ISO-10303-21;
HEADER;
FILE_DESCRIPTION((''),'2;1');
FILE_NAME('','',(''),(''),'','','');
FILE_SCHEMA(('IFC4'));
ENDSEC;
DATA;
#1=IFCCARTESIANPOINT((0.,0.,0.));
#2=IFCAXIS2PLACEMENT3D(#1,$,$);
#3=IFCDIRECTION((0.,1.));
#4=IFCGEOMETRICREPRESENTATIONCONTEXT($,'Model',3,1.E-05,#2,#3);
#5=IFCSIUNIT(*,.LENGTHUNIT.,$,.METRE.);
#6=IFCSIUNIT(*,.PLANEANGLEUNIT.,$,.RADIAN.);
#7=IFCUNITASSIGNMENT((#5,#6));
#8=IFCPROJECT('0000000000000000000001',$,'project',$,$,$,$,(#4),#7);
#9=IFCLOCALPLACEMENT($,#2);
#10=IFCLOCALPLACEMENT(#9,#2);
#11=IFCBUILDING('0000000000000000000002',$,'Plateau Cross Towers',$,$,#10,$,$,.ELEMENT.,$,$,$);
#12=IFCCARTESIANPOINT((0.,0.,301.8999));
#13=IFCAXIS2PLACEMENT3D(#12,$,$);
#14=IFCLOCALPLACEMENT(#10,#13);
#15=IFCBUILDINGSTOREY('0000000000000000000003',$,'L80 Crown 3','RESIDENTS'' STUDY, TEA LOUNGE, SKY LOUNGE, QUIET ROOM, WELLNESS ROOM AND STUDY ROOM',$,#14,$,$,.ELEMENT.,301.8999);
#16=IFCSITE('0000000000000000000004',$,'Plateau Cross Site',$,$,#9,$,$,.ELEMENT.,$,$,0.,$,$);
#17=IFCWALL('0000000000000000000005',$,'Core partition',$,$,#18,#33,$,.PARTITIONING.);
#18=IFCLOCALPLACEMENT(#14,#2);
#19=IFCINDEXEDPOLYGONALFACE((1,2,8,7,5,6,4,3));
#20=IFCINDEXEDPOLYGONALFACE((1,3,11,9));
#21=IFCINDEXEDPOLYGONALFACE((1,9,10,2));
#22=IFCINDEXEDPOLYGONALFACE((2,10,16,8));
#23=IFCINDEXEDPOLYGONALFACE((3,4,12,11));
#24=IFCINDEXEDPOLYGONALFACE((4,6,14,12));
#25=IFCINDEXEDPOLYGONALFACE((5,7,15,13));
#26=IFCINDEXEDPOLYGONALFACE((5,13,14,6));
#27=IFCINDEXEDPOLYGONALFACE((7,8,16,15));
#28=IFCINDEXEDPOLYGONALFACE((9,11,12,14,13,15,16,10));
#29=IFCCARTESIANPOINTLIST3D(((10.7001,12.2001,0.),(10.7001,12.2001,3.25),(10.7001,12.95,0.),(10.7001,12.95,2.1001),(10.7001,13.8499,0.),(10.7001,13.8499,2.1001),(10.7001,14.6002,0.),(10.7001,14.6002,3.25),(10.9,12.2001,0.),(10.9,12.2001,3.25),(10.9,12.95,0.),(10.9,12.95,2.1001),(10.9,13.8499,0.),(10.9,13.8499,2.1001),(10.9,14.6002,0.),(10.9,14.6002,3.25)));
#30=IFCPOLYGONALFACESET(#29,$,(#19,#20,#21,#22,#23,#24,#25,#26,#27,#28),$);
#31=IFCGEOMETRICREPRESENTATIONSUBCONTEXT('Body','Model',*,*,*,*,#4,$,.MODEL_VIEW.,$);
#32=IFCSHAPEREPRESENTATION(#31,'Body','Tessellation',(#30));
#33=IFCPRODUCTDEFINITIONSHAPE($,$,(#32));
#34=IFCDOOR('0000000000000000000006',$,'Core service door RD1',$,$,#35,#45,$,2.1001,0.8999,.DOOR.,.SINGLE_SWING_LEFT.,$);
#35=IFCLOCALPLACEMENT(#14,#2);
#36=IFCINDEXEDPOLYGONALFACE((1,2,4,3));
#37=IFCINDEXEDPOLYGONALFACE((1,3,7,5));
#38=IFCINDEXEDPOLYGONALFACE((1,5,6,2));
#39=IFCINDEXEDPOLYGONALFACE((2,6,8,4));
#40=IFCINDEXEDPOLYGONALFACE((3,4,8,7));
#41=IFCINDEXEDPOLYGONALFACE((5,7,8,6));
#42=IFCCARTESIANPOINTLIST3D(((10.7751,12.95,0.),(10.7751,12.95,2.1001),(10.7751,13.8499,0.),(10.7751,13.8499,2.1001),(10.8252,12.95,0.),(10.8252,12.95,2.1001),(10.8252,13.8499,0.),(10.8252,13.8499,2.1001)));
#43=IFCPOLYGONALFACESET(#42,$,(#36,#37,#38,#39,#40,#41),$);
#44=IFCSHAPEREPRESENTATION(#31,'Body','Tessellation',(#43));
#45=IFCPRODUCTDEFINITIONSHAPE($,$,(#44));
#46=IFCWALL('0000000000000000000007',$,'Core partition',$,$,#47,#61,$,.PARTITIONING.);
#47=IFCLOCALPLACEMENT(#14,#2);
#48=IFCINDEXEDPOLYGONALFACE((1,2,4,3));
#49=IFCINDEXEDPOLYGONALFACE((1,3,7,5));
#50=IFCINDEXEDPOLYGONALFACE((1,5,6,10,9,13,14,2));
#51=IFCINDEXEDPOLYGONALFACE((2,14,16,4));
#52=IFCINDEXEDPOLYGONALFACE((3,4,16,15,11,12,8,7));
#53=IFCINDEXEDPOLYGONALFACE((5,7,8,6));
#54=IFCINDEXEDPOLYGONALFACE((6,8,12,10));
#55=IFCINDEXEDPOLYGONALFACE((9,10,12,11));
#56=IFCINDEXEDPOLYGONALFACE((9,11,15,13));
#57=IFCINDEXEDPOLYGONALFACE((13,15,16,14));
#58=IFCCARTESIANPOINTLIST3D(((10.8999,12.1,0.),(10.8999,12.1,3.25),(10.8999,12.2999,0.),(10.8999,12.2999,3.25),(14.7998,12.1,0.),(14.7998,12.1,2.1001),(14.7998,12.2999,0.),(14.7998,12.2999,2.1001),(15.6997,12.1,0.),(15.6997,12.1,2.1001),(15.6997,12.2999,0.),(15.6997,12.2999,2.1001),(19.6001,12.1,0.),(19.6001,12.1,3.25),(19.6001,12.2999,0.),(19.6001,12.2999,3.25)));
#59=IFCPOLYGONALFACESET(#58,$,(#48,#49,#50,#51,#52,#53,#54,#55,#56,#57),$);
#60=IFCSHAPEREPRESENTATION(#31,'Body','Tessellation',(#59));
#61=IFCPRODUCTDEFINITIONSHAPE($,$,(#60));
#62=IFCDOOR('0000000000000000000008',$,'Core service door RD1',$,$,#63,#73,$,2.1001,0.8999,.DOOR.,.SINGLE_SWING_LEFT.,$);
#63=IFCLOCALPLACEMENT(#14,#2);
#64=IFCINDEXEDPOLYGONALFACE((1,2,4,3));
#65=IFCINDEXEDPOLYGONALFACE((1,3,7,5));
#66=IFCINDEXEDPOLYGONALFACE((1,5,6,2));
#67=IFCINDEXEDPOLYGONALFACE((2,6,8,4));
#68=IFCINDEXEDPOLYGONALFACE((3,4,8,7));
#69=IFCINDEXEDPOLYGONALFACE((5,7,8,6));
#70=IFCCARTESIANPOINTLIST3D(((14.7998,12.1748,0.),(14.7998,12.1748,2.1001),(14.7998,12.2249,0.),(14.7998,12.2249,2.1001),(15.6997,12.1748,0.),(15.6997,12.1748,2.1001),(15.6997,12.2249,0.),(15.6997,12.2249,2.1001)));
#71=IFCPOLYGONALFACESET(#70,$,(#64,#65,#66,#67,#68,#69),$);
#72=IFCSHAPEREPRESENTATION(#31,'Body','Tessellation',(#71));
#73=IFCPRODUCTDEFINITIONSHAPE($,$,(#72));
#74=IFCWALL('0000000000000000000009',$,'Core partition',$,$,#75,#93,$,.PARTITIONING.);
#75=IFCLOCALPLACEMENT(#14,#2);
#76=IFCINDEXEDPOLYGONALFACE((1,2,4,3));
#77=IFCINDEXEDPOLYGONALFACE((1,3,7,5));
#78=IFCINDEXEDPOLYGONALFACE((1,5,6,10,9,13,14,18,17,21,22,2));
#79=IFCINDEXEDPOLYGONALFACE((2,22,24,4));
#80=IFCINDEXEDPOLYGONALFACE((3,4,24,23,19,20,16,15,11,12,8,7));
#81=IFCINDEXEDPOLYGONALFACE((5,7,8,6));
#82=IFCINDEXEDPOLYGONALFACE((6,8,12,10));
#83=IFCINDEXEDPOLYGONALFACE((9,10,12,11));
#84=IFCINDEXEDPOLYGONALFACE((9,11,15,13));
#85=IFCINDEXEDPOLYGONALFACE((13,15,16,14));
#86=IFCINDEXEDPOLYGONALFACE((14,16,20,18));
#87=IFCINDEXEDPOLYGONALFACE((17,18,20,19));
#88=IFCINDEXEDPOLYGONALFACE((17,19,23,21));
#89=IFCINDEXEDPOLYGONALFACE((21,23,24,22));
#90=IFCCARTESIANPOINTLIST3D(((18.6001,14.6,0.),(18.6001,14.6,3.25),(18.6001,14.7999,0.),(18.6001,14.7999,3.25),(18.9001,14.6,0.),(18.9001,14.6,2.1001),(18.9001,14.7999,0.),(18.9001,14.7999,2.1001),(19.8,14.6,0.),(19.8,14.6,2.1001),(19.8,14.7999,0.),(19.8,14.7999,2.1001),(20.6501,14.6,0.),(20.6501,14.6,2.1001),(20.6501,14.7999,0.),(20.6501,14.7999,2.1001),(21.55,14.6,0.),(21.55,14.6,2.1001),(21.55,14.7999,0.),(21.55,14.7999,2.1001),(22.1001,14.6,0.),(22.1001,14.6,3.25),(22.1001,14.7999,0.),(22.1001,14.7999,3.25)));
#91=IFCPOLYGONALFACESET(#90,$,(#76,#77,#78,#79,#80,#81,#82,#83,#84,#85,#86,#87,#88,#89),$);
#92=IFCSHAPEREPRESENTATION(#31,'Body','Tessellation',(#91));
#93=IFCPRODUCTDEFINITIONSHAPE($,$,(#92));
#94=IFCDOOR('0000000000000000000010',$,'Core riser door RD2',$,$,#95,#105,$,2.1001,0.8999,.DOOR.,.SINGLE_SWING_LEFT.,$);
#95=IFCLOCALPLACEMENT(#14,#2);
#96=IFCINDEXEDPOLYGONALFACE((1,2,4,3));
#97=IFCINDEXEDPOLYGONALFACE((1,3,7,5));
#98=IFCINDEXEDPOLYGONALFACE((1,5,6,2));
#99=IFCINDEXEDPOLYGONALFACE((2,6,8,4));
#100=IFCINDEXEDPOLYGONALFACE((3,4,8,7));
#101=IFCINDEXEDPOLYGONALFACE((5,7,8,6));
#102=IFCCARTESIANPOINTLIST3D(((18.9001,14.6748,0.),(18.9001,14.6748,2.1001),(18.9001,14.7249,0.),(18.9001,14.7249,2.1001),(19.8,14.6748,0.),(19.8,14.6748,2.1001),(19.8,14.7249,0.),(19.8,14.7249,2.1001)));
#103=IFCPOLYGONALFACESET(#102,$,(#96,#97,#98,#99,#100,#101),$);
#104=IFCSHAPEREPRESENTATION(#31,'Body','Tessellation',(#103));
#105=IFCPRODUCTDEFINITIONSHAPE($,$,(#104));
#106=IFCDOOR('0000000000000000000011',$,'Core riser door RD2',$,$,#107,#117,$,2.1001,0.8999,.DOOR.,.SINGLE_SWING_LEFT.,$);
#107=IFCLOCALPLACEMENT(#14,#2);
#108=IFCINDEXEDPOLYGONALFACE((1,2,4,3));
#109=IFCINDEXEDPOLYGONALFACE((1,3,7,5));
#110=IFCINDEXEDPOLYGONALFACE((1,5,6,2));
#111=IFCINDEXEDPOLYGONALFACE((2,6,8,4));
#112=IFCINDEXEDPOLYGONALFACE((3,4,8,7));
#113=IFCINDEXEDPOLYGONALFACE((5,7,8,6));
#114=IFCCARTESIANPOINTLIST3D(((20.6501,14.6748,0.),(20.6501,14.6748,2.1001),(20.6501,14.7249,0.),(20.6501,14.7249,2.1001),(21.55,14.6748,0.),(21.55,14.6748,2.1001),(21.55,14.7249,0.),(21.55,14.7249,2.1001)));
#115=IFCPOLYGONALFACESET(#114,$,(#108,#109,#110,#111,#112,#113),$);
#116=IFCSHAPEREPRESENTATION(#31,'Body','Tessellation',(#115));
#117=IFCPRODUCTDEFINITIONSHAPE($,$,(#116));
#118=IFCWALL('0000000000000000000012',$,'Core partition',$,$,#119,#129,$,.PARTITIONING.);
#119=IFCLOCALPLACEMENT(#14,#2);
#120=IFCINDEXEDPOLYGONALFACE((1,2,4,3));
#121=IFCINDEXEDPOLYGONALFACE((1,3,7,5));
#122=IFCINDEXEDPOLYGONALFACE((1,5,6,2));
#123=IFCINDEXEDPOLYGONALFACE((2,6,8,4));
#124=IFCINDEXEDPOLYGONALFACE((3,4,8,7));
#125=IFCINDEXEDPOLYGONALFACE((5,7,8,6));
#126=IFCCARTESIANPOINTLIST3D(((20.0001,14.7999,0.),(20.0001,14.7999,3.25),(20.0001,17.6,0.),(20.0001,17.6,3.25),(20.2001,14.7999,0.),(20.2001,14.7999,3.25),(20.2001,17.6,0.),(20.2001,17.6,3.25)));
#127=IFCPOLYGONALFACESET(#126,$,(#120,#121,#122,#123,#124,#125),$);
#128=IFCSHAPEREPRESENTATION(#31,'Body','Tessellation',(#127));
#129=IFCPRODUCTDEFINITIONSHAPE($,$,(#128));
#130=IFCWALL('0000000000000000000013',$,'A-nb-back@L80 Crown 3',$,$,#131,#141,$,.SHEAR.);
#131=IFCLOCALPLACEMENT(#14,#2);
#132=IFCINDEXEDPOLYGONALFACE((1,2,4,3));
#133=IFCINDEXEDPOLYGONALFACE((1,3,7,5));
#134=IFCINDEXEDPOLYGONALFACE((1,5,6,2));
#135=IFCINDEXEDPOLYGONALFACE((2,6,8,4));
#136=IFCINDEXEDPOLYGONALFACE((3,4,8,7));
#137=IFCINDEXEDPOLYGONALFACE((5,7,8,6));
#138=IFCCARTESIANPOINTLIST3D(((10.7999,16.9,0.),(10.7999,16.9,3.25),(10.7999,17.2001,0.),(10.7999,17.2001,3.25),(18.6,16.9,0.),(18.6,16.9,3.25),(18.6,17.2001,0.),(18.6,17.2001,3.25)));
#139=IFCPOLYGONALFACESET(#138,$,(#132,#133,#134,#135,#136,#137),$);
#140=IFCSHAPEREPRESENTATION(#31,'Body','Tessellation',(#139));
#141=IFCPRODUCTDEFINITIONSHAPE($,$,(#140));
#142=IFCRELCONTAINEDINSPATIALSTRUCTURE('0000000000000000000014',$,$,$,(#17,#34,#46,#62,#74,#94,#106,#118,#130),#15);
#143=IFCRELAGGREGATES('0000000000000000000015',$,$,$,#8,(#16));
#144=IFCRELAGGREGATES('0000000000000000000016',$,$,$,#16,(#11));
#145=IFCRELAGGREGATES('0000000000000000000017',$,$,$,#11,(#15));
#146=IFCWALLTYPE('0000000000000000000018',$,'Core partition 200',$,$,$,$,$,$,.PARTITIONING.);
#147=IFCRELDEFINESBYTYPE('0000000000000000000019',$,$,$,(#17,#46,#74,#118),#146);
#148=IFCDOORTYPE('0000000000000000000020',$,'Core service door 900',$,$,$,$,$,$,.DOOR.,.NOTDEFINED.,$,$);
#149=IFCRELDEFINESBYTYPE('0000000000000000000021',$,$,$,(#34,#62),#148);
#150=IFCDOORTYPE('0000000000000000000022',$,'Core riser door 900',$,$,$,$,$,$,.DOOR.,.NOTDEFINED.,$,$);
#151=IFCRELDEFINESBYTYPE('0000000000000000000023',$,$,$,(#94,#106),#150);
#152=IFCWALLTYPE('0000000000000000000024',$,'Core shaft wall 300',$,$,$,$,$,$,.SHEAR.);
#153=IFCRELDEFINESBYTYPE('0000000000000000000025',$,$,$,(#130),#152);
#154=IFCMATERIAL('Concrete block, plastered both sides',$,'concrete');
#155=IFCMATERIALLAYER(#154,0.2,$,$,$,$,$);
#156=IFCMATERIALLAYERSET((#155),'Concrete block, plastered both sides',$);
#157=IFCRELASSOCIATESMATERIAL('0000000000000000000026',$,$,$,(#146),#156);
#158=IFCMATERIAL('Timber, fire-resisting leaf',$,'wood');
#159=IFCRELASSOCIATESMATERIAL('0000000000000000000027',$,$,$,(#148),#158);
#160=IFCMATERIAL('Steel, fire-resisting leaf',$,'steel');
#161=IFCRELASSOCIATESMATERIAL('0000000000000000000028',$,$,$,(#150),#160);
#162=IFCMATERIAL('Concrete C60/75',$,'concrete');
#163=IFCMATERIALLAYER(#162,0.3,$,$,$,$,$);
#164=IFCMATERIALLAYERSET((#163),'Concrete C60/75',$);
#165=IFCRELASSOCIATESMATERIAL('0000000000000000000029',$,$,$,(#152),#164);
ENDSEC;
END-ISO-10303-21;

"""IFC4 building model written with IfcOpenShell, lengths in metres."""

from ifc_helpers import new_model, si_unit, direction, frame, frame_2d, origin, place, context, subcontext, project, spatial, rectangle, extrude, material, layer, layer_set, type_object, element, fill, save


model = new_model("IFC4")

# Units and contexts
model_context = context("Model", 3, precision=1e-05, world=origin(), true_north=direction((0.0, 1.0)))
body_context = subcontext(model_context, "Body", "Model", "MODEL_VIEW")
ifc_project = project(units=[si_unit("LENGTHUNIT", "METRE"), si_unit("PLANEANGLEUNIT", "RADIAN")], contexts=[model_context])

# Site, building, storey
site_placement = place(None, origin())
site = spatial("IfcSite", under=ifc_project, at=site_placement, Name="Plateau Cross Site", CompositionType="ELEMENT", RefElevation=0.0)
building_placement = place(site_placement, origin())
building = spatial("IfcBuilding", under=site, at=building_placement, Name="Plateau Cross Towers", CompositionType="ELEMENT")
storey_placement = place(building_placement, frame((0.0, 0.0, 301.8999)))
storey = spatial("IfcBuildingStorey", under=building, at=storey_placement, Name="L80 Crown 3", Description="RESIDENTS' STUDY, TEA LOUNGE, SKY LOUNGE, QUIET ROOM, WELLNESS ROOM AND STUDY ROOM", CompositionType="ELEMENT", Elevation=301.8999)

# Shared definitions
ifc_material_1 = material(Name="Concrete C60/75", Category="concrete")

# Walls, openings, doors
ifc_material_2 = material(Name="Concrete block, plastered both sides", Category="concrete")
ifc_layer_1 = layer(ifc_material_2, 0.2)
ifc_layer_set_1 = layer_set([ifc_layer_1], Name="Concrete block, plastered both sides")
wall_type_1 = type_object("IfcWallType", Name="Core partition 200", PredefinedType="PARTITIONING", material=ifc_layer_set_1)
wall_1_placement = place(storey_placement, frame((10.8, 12.2, 0.0), z_axis=(0.0, 0.0, 1.0), x_axis=(0.0, 1.0, 0.0)))
wall_1 = element("IfcWall", 1, at=wall_1_placement, inside=storey, type_object=wall_type_1, Name="Core partition", PredefinedType="PARTITIONING", context=body_context, shape_type="SweptSolid", body=[
    extrude(rectangle(XDim=2.4001, YDim=0.2, at=frame_2d((1.2002, 0.0))), origin(), (0.0, 0.0, 1.0), 3.25),
])
opening_1_placement = place(wall_1_placement, frame((0.75, 0.0, 0.0)))
opening_1 = element("IfcOpeningElement", 2, at=opening_1_placement, cuts=wall_1, PredefinedType="OPENING", context=body_context, shape_type="SweptSolid", body=[
    extrude(rectangle(XDim=0.8999, YDim=2.1001, at=frame_2d((0.45, 1.05))), frame((0.0, 0.1099, 0.0), z_axis=(0.0, -1.0, 0.0), x_axis=(1.0, 0.0, 0.0)), (0.0, 0.0, 1.0), 0.22),
])
ifc_material_3 = material(Name="Timber, fire-resisting leaf", Category="wood")
door_type_1 = type_object("IfcDoorType", Name="Core service door 900", OperationType="NOTDEFINED", PredefinedType="DOOR", material=ifc_material_3)
door_1_placement = place(opening_1_placement, origin())
door_1 = element("IfcDoor", 3, at=door_1_placement, inside=storey, type_object=door_type_1, Name="Core service door RD1", OperationType="SINGLE_SWING_LEFT", OverallHeight=2.1001, OverallWidth=0.8999, PredefinedType="DOOR", context=body_context, shape_type="SweptSolid", body=[
    extrude(rectangle(XDim=0.8999, YDim=2.1001, at=frame_2d((0.45, 1.05))), frame((0.0, 0.0249, 0.0), z_axis=(0.0, -1.0, 0.0), x_axis=(1.0, 0.0, 0.0)), (0.0, 0.0, 1.0), 0.05),
])
fill(opening_1, door_1)
wall_2_placement = place(storey_placement, frame((10.8999, 12.2, 0.0), z_axis=(0.0, 0.0, 1.0), x_axis=(1.0, 0.0, 0.0)))
wall_2 = element("IfcWall", 4, at=wall_2_placement, inside=storey, type_object=wall_type_1, Name="Core partition", PredefinedType="PARTITIONING", context=body_context, shape_type="SweptSolid", body=[
    extrude(rectangle(XDim=8.7002, YDim=0.2, at=frame_2d((4.3501, 0.0))), origin(), (0.0, 0.0, 1.0), 3.25),
])
opening_2_placement = place(wall_2_placement, frame((3.8999, 0.0, 0.0)))
opening_2 = element("IfcOpeningElement", 5, at=opening_2_placement, cuts=wall_2, PredefinedType="OPENING", context=body_context, shape_type="SweptSolid", body=[
    extrude(rectangle(XDim=0.8999, YDim=2.1001, at=frame_2d((0.45, 1.05))), frame((0.0, 0.1099, 0.0), z_axis=(0.0, -1.0, 0.0), x_axis=(1.0, 0.0, 0.0)), (0.0, 0.0, 1.0), 0.22),
])
door_2_placement = place(opening_2_placement, origin())
door_2 = element("IfcDoor", 6, at=door_2_placement, inside=storey, type_object=door_type_1, Name="Core service door RD1", OperationType="SINGLE_SWING_LEFT", OverallHeight=2.1001, OverallWidth=0.8999, PredefinedType="DOOR", context=body_context, shape_type="SweptSolid", body=[
    extrude(rectangle(XDim=0.8999, YDim=2.1001, at=frame_2d((0.45, 1.05))), frame((0.0, 0.0249, 0.0), z_axis=(0.0, -1.0, 0.0), x_axis=(1.0, 0.0, 0.0)), (0.0, 0.0, 1.0), 0.05),
])
fill(opening_2, door_2)

# Wall, openings, doors
wall_3_placement = place(storey_placement, frame((18.6001, 14.7, 0.0), z_axis=(0.0, 0.0, 1.0), x_axis=(1.0, 0.0, 0.0)))
wall_3 = element("IfcWall", 7, at=wall_3_placement, inside=storey, type_object=wall_type_1, Name="Core partition", PredefinedType="PARTITIONING", context=body_context, shape_type="SweptSolid", body=[
    extrude(rectangle(XDim=3.5, YDim=0.2, at=frame_2d((1.75, 0.0))), origin(), (0.0, 0.0, 1.0), 3.25),
])
opening_3_placement = place(wall_3_placement, frame((0.3, 0.0, 0.0)))
opening_3 = element("IfcOpeningElement", 8, at=opening_3_placement, cuts=wall_3, PredefinedType="OPENING", context=body_context, shape_type="SweptSolid", body=[
    extrude(rectangle(XDim=0.8999, YDim=2.1001, at=frame_2d((0.45, 1.05))), frame((0.0, 0.1099, 0.0), z_axis=(0.0, -1.0, 0.0), x_axis=(1.0, 0.0, 0.0)), (0.0, 0.0, 1.0), 0.22),
])
opening_4_placement = place(wall_3_placement, frame((2.05, 0.0, 0.0)))
opening_4 = element("IfcOpeningElement", 9, at=opening_4_placement, cuts=wall_3, PredefinedType="OPENING", context=body_context, shape_type="SweptSolid", body=[
    extrude(rectangle(XDim=0.8999, YDim=2.1001, at=frame_2d((0.45, 1.05))), frame((0.0, 0.1099, 0.0), z_axis=(0.0, -1.0, 0.0), x_axis=(1.0, 0.0, 0.0)), (0.0, 0.0, 1.0), 0.22),
])
ifc_material_4 = material(Name="Steel, fire-resisting leaf", Category="steel")
door_type_2 = type_object("IfcDoorType", Name="Core riser door 900", OperationType="NOTDEFINED", PredefinedType="DOOR", material=ifc_material_4)
door_3_placement = place(opening_3_placement, origin())
door_3 = element("IfcDoor", 10, at=door_3_placement, inside=storey, type_object=door_type_2, Name="Core riser door RD2", OperationType="SINGLE_SWING_LEFT", OverallHeight=2.1001, OverallWidth=0.8999, PredefinedType="DOOR", context=body_context, shape_type="SweptSolid", body=[
    extrude(rectangle(XDim=0.8999, YDim=2.1001, at=frame_2d((0.45, 1.05))), frame((0.0, 0.0249, 0.0), z_axis=(0.0, -1.0, 0.0), x_axis=(1.0, 0.0, 0.0)), (0.0, 0.0, 1.0), 0.05),
])
fill(opening_3, door_3)
door_4_placement = place(opening_4_placement, origin())
door_4 = element("IfcDoor", 11, at=door_4_placement, inside=storey, type_object=door_type_2, Name="Core riser door RD2", OperationType="SINGLE_SWING_LEFT", OverallHeight=2.1001, OverallWidth=0.8999, PredefinedType="DOOR", context=body_context, shape_type="SweptSolid", body=[
    extrude(rectangle(XDim=0.8999, YDim=2.1001, at=frame_2d((0.45, 1.05))), frame((0.0, 0.0249, 0.0), z_axis=(0.0, -1.0, 0.0), x_axis=(1.0, 0.0, 0.0)), (0.0, 0.0, 1.0), 0.05),
])
fill(opening_4, door_4)

# Walls
wall_4_placement = place(storey_placement, frame((20.1001, 14.8, 0.0), z_axis=(0.0, 0.0, 1.0), x_axis=(0.0, 1.0, 0.0)))
element("IfcWall", 12, at=wall_4_placement, inside=storey, type_object=wall_type_1, Name="Core partition", PredefinedType="PARTITIONING", context=body_context, shape_type="SweptSolid", body=[
    extrude(rectangle(XDim=2.8, YDim=0.2, at=frame_2d((1.3999, 0.0))), origin(), (0.0, 0.0, 1.0), 3.25),
])
ifc_layer_2 = layer(ifc_material_1, 0.3)
ifc_layer_set_2 = layer_set([ifc_layer_2], Name="Concrete C60/75")
wall_type_2 = type_object("IfcWallType", Name="Core shaft wall 300", PredefinedType="SHEAR", material=ifc_layer_set_2)
wall_5_placement = place(storey_placement, frame((10.8, 17.05, 0.0), z_axis=(0.0, 0.0, 1.0), x_axis=(1.0, 0.0, 0.0)))
element("IfcWall", 13, at=wall_5_placement, inside=storey, type_object=wall_type_2, Name="A-nb-back@L80 Crown 3", PredefinedType="SHEAR", context=body_context, shape_type="SweptSolid", body=[
    extrude(rectangle(XDim=7.8, YDim=0.3, at=frame_2d((3.8999, 0.0))), origin(), (0.0, 0.0, 1.0), 3.25),
])

save(model, "model.ifc")
